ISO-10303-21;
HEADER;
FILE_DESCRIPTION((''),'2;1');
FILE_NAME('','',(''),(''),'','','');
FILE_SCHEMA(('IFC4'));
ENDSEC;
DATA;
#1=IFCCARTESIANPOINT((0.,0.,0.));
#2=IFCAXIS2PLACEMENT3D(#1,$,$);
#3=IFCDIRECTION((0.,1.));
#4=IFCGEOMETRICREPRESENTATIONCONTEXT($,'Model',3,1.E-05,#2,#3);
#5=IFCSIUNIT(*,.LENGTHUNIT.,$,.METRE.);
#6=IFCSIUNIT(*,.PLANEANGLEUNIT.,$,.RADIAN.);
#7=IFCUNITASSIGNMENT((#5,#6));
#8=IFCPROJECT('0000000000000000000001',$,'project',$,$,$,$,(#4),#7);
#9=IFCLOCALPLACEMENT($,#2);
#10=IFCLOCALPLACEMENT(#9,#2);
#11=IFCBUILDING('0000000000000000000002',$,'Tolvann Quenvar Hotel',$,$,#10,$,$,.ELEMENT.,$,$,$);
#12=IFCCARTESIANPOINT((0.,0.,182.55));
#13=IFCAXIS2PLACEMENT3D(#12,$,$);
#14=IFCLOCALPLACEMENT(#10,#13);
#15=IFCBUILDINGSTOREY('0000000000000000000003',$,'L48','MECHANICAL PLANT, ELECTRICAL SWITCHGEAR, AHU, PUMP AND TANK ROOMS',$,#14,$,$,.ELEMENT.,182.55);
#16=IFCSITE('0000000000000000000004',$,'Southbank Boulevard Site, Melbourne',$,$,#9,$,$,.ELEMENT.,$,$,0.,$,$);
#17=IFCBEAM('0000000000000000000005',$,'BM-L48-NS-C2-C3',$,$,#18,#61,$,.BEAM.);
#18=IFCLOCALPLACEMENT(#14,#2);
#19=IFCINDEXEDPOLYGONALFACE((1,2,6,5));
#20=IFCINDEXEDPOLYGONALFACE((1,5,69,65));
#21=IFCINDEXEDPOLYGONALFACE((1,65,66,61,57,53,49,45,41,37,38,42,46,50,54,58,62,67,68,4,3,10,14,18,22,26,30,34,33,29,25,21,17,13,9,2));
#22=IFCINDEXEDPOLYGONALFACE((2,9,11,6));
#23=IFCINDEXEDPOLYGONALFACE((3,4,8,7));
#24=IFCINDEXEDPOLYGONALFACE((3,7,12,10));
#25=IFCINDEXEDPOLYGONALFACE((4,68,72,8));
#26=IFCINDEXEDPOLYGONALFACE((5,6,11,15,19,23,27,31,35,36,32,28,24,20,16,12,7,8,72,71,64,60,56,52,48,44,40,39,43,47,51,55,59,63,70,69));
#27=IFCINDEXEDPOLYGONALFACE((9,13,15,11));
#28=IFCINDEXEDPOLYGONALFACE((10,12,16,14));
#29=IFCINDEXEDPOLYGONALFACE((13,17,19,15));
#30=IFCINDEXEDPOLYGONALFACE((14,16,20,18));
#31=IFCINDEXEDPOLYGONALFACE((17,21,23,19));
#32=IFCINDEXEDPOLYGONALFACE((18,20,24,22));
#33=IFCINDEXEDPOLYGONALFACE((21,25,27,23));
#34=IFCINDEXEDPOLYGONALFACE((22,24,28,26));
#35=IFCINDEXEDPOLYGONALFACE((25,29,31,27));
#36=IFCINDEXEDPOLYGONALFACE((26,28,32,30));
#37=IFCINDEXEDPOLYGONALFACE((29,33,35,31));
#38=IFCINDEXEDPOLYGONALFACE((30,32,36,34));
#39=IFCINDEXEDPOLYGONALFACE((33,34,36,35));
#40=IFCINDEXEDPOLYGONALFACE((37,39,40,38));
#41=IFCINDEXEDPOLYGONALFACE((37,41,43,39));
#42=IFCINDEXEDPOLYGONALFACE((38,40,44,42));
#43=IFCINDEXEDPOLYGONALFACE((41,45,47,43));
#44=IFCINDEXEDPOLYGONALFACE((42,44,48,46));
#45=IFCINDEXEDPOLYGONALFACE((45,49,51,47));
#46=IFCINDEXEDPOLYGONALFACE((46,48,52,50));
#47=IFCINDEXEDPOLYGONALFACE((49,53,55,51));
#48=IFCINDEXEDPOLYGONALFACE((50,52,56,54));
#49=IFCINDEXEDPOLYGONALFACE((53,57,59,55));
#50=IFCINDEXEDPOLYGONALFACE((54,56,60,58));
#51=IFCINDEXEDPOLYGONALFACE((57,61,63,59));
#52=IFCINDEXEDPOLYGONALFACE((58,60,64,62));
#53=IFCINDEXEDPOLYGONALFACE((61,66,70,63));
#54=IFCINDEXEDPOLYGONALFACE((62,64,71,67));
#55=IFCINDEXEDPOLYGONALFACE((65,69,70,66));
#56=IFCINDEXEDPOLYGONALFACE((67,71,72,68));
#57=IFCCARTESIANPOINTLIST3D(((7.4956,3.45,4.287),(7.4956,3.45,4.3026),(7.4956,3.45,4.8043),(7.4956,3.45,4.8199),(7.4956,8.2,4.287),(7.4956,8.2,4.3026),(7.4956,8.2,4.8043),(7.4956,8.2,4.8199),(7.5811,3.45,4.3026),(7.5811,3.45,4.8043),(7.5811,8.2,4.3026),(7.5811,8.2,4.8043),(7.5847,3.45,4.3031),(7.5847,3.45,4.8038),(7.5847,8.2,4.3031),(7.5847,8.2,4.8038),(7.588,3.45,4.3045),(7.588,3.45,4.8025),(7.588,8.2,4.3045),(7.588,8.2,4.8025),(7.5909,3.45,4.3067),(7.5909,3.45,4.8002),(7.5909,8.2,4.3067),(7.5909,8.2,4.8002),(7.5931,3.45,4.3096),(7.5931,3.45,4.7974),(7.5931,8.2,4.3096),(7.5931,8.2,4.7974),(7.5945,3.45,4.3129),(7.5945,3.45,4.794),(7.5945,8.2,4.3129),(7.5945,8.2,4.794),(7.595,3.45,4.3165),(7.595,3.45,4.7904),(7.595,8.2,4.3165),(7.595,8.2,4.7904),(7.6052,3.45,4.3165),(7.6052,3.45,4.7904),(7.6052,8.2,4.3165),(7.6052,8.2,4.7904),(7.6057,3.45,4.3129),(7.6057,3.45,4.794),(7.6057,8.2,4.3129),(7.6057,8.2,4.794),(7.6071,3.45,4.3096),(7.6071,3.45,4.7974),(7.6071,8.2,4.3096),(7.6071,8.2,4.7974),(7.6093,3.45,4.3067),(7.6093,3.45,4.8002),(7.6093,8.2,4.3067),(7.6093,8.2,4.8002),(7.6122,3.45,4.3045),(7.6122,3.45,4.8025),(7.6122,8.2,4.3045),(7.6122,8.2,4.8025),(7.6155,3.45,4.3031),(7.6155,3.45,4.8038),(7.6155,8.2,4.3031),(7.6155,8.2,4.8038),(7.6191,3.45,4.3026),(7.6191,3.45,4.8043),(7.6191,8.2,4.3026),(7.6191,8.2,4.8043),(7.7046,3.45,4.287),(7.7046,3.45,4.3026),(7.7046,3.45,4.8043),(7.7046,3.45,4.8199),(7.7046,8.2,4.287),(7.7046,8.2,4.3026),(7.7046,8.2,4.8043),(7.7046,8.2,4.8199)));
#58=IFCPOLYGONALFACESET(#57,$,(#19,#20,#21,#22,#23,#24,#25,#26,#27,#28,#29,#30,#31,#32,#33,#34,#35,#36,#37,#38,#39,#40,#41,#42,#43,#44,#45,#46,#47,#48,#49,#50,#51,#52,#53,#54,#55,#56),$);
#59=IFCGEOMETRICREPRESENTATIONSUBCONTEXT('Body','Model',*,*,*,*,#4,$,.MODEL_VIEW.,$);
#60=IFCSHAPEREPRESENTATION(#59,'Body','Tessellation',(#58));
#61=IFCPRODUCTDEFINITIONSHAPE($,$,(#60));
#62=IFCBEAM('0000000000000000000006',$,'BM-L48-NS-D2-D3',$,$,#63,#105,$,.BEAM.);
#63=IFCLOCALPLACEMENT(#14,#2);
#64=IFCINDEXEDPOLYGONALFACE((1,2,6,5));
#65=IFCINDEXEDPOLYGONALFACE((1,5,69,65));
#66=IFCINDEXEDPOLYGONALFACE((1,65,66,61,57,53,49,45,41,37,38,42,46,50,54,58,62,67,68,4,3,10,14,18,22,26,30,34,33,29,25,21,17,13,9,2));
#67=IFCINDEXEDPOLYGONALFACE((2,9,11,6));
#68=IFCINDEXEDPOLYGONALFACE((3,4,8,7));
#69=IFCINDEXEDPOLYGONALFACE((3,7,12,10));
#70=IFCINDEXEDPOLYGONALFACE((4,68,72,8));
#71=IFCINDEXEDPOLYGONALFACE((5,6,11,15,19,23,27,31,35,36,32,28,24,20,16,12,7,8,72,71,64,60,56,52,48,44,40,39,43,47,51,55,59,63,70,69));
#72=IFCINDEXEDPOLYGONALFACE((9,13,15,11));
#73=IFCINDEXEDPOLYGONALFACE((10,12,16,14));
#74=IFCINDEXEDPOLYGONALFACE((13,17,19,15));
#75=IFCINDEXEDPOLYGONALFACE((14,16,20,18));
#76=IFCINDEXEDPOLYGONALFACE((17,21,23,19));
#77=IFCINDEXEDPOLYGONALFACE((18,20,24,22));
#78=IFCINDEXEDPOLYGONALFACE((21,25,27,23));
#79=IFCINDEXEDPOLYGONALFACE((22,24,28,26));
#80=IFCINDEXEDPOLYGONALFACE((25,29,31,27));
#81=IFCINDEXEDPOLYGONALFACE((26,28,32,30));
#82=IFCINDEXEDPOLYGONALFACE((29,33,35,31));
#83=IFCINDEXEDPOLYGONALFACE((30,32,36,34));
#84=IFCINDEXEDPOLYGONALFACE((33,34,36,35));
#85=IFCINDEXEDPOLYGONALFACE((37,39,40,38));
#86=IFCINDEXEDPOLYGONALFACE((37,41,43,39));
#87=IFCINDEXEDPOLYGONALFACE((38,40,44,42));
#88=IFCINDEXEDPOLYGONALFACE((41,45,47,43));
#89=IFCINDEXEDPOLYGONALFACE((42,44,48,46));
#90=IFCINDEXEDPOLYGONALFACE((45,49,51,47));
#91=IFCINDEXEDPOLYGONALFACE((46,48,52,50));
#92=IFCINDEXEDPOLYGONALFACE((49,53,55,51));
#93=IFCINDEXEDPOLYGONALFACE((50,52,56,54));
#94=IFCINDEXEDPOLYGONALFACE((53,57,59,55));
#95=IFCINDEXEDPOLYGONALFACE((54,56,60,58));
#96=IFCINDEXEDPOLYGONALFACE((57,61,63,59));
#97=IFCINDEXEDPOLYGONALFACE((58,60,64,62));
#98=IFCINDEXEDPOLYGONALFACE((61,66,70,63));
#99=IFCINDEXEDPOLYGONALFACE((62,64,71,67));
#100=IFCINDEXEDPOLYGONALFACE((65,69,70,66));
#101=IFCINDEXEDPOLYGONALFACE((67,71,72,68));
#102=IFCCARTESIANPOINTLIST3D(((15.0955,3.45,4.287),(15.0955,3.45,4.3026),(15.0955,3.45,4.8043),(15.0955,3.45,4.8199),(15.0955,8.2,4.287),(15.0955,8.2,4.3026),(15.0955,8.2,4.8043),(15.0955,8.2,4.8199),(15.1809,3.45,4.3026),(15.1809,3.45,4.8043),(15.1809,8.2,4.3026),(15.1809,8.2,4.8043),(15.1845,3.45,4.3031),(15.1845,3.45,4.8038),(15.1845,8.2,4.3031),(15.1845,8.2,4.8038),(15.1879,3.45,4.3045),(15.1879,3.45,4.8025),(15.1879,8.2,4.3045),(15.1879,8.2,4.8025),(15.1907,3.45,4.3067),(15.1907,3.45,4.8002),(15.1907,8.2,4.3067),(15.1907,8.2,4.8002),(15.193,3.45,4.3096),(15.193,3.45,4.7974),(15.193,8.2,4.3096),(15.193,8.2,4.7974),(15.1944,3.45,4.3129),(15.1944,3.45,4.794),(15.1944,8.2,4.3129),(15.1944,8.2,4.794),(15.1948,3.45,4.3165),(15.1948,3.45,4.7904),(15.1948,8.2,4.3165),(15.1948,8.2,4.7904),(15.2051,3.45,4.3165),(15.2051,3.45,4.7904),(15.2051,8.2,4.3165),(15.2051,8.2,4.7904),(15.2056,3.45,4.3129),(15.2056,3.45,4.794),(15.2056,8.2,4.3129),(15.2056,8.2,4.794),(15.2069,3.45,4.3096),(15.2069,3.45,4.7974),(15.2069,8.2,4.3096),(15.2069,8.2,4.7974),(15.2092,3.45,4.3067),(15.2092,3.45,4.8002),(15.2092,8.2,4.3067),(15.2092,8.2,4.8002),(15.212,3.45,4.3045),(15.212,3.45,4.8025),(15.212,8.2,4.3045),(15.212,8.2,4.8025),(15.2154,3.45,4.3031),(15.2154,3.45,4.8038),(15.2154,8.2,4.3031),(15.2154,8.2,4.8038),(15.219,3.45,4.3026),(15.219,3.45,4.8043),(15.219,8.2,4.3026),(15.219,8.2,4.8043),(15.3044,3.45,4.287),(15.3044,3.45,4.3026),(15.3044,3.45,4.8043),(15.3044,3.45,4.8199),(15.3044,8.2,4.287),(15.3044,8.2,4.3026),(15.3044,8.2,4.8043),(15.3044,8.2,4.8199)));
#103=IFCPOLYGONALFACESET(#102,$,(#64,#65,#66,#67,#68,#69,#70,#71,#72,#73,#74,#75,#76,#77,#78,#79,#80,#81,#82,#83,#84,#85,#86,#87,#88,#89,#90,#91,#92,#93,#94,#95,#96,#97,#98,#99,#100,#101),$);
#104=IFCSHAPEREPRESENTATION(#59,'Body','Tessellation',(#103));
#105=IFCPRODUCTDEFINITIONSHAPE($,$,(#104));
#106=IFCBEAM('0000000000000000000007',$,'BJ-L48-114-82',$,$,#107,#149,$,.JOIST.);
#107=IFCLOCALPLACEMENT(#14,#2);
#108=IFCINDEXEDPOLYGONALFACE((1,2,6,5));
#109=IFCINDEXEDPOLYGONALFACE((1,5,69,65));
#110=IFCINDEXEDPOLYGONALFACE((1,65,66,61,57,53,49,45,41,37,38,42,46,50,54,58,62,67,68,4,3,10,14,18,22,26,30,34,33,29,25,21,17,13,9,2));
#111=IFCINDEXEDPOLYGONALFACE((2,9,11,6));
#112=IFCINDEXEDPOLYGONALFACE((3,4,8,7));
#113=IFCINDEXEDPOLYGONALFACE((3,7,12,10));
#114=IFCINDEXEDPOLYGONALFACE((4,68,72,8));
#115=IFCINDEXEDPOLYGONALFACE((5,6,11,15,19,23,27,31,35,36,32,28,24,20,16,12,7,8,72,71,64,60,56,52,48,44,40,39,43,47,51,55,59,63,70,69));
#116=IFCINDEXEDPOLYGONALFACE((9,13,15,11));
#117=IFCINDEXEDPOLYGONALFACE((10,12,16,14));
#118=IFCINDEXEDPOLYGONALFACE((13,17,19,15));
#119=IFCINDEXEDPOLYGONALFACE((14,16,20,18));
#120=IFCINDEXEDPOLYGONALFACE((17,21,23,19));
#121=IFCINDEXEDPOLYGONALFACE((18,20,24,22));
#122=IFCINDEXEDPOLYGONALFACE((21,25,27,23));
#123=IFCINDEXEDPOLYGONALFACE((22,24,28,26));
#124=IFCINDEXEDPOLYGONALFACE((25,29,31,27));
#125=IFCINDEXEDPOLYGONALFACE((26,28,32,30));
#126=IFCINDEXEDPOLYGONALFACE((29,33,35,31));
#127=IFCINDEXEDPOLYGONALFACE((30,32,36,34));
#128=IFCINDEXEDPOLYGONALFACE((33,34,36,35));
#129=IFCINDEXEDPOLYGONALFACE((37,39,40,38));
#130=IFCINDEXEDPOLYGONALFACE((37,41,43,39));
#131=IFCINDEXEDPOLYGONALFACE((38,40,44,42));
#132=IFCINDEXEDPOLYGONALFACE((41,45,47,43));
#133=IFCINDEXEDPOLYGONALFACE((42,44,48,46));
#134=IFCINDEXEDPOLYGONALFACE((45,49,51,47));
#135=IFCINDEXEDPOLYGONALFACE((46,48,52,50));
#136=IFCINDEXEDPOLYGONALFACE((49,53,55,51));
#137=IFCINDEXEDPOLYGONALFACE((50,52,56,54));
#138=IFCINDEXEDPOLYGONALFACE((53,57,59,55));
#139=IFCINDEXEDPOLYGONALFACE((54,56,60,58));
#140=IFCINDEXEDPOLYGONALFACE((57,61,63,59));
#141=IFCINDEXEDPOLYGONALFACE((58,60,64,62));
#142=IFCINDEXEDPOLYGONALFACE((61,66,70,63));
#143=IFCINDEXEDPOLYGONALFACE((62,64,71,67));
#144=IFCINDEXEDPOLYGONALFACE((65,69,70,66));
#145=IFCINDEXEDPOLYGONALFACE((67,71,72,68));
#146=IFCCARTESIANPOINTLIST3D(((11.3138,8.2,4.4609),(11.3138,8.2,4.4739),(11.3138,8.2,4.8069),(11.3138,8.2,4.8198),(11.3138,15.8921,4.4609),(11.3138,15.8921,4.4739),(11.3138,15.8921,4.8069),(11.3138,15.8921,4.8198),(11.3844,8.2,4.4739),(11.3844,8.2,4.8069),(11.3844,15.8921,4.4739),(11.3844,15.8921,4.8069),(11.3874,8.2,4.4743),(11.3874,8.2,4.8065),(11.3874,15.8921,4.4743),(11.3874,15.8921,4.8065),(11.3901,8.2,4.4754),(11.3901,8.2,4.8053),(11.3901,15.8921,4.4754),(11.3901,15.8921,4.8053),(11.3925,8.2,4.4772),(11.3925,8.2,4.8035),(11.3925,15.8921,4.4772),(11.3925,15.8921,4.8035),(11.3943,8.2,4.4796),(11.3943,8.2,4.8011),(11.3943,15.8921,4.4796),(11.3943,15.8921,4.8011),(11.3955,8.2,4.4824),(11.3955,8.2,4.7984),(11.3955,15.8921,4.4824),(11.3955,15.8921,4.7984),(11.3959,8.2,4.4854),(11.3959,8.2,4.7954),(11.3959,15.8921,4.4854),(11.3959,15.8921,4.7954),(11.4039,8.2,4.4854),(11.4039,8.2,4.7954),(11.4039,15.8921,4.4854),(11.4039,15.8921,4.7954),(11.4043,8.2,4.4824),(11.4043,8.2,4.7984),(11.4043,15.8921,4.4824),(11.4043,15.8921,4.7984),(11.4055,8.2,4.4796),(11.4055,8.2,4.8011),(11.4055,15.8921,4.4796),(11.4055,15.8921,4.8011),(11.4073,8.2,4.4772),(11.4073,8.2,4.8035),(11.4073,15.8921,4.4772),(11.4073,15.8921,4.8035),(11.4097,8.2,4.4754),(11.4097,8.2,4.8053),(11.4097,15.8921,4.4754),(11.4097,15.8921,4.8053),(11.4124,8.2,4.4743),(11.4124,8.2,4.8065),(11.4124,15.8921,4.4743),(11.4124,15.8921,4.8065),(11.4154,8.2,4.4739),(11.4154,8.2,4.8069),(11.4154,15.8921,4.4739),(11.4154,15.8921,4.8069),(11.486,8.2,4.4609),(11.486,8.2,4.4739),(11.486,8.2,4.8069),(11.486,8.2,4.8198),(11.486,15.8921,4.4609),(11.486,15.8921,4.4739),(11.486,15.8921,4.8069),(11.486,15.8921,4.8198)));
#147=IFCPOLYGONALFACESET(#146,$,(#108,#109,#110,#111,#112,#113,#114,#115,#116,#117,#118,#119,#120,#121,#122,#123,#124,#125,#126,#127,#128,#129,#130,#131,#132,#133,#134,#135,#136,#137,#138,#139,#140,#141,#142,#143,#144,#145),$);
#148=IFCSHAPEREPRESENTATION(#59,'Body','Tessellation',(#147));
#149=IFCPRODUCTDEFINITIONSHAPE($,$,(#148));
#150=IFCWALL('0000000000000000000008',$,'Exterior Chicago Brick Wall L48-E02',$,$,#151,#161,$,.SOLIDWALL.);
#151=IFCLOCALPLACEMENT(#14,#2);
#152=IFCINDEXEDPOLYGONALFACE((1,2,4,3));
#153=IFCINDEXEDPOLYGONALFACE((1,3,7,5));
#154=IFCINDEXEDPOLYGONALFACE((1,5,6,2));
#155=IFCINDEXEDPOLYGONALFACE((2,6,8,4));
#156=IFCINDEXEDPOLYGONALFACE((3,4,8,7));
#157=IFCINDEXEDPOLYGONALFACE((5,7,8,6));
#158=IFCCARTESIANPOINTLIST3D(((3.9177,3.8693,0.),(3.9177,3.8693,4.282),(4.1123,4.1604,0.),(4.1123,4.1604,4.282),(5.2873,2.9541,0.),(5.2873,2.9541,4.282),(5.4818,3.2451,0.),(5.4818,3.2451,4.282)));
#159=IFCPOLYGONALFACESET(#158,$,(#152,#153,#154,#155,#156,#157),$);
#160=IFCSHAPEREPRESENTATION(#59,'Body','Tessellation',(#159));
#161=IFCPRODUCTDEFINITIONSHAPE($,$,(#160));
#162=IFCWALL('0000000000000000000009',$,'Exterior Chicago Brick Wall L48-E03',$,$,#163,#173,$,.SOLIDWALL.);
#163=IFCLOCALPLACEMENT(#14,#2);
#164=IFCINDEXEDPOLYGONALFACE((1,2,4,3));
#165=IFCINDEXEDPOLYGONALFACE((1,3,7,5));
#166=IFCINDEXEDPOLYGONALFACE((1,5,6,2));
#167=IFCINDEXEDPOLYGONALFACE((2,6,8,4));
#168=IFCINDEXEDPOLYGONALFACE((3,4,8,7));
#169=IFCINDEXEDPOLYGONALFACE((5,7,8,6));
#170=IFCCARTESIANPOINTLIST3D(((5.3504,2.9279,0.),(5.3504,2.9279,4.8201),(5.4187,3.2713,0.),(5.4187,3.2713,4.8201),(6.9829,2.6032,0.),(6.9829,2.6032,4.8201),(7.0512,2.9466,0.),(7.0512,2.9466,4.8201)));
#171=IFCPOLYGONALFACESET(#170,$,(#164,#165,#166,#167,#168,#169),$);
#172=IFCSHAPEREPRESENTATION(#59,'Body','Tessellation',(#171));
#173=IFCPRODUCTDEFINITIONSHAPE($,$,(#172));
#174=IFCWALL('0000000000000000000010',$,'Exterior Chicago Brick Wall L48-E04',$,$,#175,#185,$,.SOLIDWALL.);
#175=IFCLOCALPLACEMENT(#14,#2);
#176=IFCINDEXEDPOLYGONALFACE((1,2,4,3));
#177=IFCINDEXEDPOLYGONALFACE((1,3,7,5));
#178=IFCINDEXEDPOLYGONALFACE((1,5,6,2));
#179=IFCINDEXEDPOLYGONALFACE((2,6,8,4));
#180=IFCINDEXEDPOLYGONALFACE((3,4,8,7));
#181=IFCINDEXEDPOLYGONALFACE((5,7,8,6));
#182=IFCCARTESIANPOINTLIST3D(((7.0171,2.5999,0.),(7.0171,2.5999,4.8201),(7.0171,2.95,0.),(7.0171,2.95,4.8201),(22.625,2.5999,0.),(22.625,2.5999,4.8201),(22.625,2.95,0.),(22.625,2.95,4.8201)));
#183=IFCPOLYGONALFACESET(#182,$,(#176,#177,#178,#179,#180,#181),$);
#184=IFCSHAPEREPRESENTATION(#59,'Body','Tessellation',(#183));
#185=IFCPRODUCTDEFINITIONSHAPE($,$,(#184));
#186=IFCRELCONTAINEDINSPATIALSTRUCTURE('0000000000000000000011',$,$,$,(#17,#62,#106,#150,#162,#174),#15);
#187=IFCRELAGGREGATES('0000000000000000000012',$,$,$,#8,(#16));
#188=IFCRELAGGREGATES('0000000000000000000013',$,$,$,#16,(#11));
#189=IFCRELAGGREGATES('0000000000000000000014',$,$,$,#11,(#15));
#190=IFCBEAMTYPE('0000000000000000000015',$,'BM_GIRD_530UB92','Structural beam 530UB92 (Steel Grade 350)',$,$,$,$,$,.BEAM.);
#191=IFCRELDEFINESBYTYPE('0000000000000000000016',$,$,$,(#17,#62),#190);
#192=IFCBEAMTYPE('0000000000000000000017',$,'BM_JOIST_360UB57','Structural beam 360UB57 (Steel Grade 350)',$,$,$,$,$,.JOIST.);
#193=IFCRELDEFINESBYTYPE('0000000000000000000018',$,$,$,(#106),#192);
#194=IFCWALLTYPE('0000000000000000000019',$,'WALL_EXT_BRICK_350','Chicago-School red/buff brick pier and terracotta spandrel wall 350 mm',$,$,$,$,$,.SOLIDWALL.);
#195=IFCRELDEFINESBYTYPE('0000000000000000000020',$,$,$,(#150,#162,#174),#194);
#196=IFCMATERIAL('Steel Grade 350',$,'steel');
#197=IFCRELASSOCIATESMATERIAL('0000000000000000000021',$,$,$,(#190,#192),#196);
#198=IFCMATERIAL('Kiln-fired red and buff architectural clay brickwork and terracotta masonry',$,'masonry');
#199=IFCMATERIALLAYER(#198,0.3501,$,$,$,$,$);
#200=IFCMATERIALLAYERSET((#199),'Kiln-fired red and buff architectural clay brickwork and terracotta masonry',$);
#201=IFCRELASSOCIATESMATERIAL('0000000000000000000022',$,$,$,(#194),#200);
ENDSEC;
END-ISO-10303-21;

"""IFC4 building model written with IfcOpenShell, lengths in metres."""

from ifc_helpers import new_model, si_unit, direction, frame, frame_2d, origin, origin_2d, place, context, subcontext, project, spatial, rectangle, i_section, extrude, source, transform, mapped, material, layer, layer_set, material_profile, profile_set, type_object, type_shapes, element, save


model = new_model("IFC4")

# Units and contexts
model_context = context("Model", 3, precision=1e-05, world=origin(), true_north=direction((0.0, 1.0)))
body_context = subcontext(model_context, "Body", "Model", "MODEL_VIEW")
ifc_project = project(units=[si_unit("LENGTHUNIT", "METRE"), si_unit("PLANEANGLEUNIT", "RADIAN")], contexts=[model_context])

# Site, building, storey
site_placement = place(None, origin())
site = spatial("IfcSite", under=ifc_project, at=site_placement, Name="Southbank Boulevard Site, Melbourne", CompositionType="ELEMENT", RefElevation=0.0)
building_placement = place(site_placement, origin())
building = spatial("IfcBuilding", under=site, at=building_placement, Name="Tolvann Quenvar Hotel", CompositionType="ELEMENT")
storey_placement = place(building_placement, frame((0.0, 0.0, 182.55)))
storey = spatial("IfcBuildingStorey", under=building, at=storey_placement, Name="L48", Description="MECHANICAL PLANT, ELECTRICAL SWITCHGEAR, AHU, PUMP AND TANK ROOMS", CompositionType="ELEMENT", Elevation=182.55)

# Shared definitions
ifc_material_1 = material(Name="Steel Grade 350", Category="steel")

# Beams
ifc_material_profile_1 = material_profile(ifc_material_1, i_section(OverallWidth=0.209, OverallDepth=0.533, WebThickness=0.0103, FlangeThickness=0.0156, FilletRadius=0.0139, at=origin_2d()), Name="530UB92")
ifc_profile_set_1 = profile_set([ifc_material_profile_1], Name="Steel Grade 350")
beam_type_1 = type_object("IfcBeamType", Name="BM_GIRD_530UB92", Description="Structural beam 530UB92 (Steel Grade 350)", PredefinedType="BEAM", material=ifc_profile_set_1)
shared_shape_1 = source(origin(), body_context, "Body", "SweptSolid", [
    extrude(i_section(OverallWidth=0.209, OverallDepth=0.533, WebThickness=0.0103, FlangeThickness=0.0156, FilletRadius=0.0139, at=origin_2d()), origin(), (0.0, 0.0, 1.0), 4.75),
])
for number, where, z_axis, x_axis, name in (
    (1, (7.6001, 3.45, 4.5535), (0.0, 1.0, 0.0), (-1.0, 0.0, 0.0), "BM-L48-NS-C2-C3"),
    (2, (15.2, 3.45, 4.5535), (0.0, 1.0, 0.0), (-1.0, 0.0, 0.0), "BM-L48-NS-D2-D3"),
):
    element("IfcBeam", number, at=place(storey_placement, frame(where, z_axis=z_axis, x_axis=x_axis)), inside=storey, type_object=beam_type_1, Name=name, PredefinedType="BEAM", context=body_context, shape_type="MappedRepresentation", body=[
        mapped(shared_shape_1, transform((0.0, 0.0, 0.0), x_axis=(1.0, 0.0, 0.0), y_axis=(0.0, 1.0, 0.0), z_axis=(0.0, 0.0, 1.0), scale=1.0)),
    ])
ifc_material_profile_2 = material_profile(ifc_material_1, i_section(OverallWidth=0.1721, OverallDepth=0.3589, WebThickness=0.0081, FlangeThickness=0.0129, FilletRadius=0.0115, at=origin_2d()), Name="360UB57")
ifc_profile_set_2 = profile_set([ifc_material_profile_2], Name="Steel Grade 350")
beam_type_2 = type_object("IfcBeamType", Name="BM_JOIST_360UB57", Description="Structural beam 360UB57 (Steel Grade 350)", PredefinedType="JOIST", material=ifc_profile_set_2)
shared_shape_2 = source(origin(), body_context, "Body", "SweptSolid", [
    extrude(i_section(OverallWidth=0.1721, OverallDepth=0.3589, WebThickness=0.0081, FlangeThickness=0.0129, FilletRadius=0.0115, at=origin_2d()), origin(), (0.0, 0.0, 1.0), 7.6921),
])
type_shapes(beam_type_2, [shared_shape_2])
beam_1_placement = place(storey_placement, frame((11.3999, 8.2, 4.6404), z_axis=(0.0, 1.0, 0.0), x_axis=(-1.0, 0.0, 0.0)))
element("IfcBeam", 3, at=beam_1_placement, inside=storey, type_object=beam_type_2, Name="BJ-L48-114-82", PredefinedType="JOIST", context=body_context, shape_type="MappedRepresentation", body=[
    mapped(shared_shape_2, transform((0.0, 0.0, 0.0), x_axis=(1.0, 0.0, 0.0), y_axis=(0.0, 1.0, 0.0), z_axis=(0.0, 0.0, 1.0), scale=1.0)),
])

# Walls
ifc_material_2 = material(Name="Kiln-fired red and buff architectural clay brickwork and terracotta masonry", Category="masonry")
ifc_layer_1 = layer(ifc_material_2, 0.3501)
ifc_layer_set_1 = layer_set([ifc_layer_1], Name="Kiln-fired red and buff architectural clay brickwork and terracotta masonry")
wall_type_1 = type_object("IfcWallType", Name="WALL_EXT_BRICK_350", Description="Chicago-School red/buff brick pier and terracotta spandrel wall 350 mm", PredefinedType="SOLIDWALL", material=ifc_layer_set_1)
wall_1_placement = place(storey_placement, frame((4.0149, 4.0149, 0.0), z_axis=(0.0, 0.0, 1.0), x_axis=(0.831434, -0.555623, 0.0)))
element("IfcWall", 4, at=wall_1_placement, inside=storey, type_object=wall_type_1, Name="Exterior Chicago Brick Wall L48-E02", PredefinedType="SOLIDWALL", context=body_context, shape_type="SweptSolid", body=[
    extrude(rectangle(XDim=1.6472, YDim=0.3501, at=frame_2d((0.8237, 0.0))), origin(), (0.0, 0.0, 1.0), 4.282),
])
wall_2_placement = place(storey_placement, frame((5.3845, 3.0996, 0.0), z_axis=(0.0, 0.0, 1.0), x_axis=(0.980789, -0.195072, 0.0)))
element("IfcWall", 5, at=wall_2_placement, inside=storey, type_object=wall_type_1, Name="Exterior Chicago Brick Wall L48-E03", PredefinedType="SOLIDWALL", context=body_context, shape_type="SweptSolid", body=[
    extrude(rectangle(XDim=1.6646, YDim=0.3501, at=frame_2d((0.8323, 0.0))), origin(), (0.0, 0.0, 1.0), 4.8201),
])
wall_3_placement = place(storey_placement, frame((7.0171, 2.7749, 0.0), z_axis=(0.0, 0.0, 1.0), x_axis=(1.0, 0.0, 0.0)))
element("IfcWall", 6, at=wall_3_placement, inside=storey, type_object=wall_type_1, Name="Exterior Chicago Brick Wall L48-E04", PredefinedType="SOLIDWALL", context=body_context, shape_type="SweptSolid", body=[
    extrude(rectangle(XDim=15.6079, YDim=0.3501, at=frame_2d((7.804, 0.0))), origin(), (0.0, 0.0, 1.0), 4.8201),
])

save(model, "model.ifc")
